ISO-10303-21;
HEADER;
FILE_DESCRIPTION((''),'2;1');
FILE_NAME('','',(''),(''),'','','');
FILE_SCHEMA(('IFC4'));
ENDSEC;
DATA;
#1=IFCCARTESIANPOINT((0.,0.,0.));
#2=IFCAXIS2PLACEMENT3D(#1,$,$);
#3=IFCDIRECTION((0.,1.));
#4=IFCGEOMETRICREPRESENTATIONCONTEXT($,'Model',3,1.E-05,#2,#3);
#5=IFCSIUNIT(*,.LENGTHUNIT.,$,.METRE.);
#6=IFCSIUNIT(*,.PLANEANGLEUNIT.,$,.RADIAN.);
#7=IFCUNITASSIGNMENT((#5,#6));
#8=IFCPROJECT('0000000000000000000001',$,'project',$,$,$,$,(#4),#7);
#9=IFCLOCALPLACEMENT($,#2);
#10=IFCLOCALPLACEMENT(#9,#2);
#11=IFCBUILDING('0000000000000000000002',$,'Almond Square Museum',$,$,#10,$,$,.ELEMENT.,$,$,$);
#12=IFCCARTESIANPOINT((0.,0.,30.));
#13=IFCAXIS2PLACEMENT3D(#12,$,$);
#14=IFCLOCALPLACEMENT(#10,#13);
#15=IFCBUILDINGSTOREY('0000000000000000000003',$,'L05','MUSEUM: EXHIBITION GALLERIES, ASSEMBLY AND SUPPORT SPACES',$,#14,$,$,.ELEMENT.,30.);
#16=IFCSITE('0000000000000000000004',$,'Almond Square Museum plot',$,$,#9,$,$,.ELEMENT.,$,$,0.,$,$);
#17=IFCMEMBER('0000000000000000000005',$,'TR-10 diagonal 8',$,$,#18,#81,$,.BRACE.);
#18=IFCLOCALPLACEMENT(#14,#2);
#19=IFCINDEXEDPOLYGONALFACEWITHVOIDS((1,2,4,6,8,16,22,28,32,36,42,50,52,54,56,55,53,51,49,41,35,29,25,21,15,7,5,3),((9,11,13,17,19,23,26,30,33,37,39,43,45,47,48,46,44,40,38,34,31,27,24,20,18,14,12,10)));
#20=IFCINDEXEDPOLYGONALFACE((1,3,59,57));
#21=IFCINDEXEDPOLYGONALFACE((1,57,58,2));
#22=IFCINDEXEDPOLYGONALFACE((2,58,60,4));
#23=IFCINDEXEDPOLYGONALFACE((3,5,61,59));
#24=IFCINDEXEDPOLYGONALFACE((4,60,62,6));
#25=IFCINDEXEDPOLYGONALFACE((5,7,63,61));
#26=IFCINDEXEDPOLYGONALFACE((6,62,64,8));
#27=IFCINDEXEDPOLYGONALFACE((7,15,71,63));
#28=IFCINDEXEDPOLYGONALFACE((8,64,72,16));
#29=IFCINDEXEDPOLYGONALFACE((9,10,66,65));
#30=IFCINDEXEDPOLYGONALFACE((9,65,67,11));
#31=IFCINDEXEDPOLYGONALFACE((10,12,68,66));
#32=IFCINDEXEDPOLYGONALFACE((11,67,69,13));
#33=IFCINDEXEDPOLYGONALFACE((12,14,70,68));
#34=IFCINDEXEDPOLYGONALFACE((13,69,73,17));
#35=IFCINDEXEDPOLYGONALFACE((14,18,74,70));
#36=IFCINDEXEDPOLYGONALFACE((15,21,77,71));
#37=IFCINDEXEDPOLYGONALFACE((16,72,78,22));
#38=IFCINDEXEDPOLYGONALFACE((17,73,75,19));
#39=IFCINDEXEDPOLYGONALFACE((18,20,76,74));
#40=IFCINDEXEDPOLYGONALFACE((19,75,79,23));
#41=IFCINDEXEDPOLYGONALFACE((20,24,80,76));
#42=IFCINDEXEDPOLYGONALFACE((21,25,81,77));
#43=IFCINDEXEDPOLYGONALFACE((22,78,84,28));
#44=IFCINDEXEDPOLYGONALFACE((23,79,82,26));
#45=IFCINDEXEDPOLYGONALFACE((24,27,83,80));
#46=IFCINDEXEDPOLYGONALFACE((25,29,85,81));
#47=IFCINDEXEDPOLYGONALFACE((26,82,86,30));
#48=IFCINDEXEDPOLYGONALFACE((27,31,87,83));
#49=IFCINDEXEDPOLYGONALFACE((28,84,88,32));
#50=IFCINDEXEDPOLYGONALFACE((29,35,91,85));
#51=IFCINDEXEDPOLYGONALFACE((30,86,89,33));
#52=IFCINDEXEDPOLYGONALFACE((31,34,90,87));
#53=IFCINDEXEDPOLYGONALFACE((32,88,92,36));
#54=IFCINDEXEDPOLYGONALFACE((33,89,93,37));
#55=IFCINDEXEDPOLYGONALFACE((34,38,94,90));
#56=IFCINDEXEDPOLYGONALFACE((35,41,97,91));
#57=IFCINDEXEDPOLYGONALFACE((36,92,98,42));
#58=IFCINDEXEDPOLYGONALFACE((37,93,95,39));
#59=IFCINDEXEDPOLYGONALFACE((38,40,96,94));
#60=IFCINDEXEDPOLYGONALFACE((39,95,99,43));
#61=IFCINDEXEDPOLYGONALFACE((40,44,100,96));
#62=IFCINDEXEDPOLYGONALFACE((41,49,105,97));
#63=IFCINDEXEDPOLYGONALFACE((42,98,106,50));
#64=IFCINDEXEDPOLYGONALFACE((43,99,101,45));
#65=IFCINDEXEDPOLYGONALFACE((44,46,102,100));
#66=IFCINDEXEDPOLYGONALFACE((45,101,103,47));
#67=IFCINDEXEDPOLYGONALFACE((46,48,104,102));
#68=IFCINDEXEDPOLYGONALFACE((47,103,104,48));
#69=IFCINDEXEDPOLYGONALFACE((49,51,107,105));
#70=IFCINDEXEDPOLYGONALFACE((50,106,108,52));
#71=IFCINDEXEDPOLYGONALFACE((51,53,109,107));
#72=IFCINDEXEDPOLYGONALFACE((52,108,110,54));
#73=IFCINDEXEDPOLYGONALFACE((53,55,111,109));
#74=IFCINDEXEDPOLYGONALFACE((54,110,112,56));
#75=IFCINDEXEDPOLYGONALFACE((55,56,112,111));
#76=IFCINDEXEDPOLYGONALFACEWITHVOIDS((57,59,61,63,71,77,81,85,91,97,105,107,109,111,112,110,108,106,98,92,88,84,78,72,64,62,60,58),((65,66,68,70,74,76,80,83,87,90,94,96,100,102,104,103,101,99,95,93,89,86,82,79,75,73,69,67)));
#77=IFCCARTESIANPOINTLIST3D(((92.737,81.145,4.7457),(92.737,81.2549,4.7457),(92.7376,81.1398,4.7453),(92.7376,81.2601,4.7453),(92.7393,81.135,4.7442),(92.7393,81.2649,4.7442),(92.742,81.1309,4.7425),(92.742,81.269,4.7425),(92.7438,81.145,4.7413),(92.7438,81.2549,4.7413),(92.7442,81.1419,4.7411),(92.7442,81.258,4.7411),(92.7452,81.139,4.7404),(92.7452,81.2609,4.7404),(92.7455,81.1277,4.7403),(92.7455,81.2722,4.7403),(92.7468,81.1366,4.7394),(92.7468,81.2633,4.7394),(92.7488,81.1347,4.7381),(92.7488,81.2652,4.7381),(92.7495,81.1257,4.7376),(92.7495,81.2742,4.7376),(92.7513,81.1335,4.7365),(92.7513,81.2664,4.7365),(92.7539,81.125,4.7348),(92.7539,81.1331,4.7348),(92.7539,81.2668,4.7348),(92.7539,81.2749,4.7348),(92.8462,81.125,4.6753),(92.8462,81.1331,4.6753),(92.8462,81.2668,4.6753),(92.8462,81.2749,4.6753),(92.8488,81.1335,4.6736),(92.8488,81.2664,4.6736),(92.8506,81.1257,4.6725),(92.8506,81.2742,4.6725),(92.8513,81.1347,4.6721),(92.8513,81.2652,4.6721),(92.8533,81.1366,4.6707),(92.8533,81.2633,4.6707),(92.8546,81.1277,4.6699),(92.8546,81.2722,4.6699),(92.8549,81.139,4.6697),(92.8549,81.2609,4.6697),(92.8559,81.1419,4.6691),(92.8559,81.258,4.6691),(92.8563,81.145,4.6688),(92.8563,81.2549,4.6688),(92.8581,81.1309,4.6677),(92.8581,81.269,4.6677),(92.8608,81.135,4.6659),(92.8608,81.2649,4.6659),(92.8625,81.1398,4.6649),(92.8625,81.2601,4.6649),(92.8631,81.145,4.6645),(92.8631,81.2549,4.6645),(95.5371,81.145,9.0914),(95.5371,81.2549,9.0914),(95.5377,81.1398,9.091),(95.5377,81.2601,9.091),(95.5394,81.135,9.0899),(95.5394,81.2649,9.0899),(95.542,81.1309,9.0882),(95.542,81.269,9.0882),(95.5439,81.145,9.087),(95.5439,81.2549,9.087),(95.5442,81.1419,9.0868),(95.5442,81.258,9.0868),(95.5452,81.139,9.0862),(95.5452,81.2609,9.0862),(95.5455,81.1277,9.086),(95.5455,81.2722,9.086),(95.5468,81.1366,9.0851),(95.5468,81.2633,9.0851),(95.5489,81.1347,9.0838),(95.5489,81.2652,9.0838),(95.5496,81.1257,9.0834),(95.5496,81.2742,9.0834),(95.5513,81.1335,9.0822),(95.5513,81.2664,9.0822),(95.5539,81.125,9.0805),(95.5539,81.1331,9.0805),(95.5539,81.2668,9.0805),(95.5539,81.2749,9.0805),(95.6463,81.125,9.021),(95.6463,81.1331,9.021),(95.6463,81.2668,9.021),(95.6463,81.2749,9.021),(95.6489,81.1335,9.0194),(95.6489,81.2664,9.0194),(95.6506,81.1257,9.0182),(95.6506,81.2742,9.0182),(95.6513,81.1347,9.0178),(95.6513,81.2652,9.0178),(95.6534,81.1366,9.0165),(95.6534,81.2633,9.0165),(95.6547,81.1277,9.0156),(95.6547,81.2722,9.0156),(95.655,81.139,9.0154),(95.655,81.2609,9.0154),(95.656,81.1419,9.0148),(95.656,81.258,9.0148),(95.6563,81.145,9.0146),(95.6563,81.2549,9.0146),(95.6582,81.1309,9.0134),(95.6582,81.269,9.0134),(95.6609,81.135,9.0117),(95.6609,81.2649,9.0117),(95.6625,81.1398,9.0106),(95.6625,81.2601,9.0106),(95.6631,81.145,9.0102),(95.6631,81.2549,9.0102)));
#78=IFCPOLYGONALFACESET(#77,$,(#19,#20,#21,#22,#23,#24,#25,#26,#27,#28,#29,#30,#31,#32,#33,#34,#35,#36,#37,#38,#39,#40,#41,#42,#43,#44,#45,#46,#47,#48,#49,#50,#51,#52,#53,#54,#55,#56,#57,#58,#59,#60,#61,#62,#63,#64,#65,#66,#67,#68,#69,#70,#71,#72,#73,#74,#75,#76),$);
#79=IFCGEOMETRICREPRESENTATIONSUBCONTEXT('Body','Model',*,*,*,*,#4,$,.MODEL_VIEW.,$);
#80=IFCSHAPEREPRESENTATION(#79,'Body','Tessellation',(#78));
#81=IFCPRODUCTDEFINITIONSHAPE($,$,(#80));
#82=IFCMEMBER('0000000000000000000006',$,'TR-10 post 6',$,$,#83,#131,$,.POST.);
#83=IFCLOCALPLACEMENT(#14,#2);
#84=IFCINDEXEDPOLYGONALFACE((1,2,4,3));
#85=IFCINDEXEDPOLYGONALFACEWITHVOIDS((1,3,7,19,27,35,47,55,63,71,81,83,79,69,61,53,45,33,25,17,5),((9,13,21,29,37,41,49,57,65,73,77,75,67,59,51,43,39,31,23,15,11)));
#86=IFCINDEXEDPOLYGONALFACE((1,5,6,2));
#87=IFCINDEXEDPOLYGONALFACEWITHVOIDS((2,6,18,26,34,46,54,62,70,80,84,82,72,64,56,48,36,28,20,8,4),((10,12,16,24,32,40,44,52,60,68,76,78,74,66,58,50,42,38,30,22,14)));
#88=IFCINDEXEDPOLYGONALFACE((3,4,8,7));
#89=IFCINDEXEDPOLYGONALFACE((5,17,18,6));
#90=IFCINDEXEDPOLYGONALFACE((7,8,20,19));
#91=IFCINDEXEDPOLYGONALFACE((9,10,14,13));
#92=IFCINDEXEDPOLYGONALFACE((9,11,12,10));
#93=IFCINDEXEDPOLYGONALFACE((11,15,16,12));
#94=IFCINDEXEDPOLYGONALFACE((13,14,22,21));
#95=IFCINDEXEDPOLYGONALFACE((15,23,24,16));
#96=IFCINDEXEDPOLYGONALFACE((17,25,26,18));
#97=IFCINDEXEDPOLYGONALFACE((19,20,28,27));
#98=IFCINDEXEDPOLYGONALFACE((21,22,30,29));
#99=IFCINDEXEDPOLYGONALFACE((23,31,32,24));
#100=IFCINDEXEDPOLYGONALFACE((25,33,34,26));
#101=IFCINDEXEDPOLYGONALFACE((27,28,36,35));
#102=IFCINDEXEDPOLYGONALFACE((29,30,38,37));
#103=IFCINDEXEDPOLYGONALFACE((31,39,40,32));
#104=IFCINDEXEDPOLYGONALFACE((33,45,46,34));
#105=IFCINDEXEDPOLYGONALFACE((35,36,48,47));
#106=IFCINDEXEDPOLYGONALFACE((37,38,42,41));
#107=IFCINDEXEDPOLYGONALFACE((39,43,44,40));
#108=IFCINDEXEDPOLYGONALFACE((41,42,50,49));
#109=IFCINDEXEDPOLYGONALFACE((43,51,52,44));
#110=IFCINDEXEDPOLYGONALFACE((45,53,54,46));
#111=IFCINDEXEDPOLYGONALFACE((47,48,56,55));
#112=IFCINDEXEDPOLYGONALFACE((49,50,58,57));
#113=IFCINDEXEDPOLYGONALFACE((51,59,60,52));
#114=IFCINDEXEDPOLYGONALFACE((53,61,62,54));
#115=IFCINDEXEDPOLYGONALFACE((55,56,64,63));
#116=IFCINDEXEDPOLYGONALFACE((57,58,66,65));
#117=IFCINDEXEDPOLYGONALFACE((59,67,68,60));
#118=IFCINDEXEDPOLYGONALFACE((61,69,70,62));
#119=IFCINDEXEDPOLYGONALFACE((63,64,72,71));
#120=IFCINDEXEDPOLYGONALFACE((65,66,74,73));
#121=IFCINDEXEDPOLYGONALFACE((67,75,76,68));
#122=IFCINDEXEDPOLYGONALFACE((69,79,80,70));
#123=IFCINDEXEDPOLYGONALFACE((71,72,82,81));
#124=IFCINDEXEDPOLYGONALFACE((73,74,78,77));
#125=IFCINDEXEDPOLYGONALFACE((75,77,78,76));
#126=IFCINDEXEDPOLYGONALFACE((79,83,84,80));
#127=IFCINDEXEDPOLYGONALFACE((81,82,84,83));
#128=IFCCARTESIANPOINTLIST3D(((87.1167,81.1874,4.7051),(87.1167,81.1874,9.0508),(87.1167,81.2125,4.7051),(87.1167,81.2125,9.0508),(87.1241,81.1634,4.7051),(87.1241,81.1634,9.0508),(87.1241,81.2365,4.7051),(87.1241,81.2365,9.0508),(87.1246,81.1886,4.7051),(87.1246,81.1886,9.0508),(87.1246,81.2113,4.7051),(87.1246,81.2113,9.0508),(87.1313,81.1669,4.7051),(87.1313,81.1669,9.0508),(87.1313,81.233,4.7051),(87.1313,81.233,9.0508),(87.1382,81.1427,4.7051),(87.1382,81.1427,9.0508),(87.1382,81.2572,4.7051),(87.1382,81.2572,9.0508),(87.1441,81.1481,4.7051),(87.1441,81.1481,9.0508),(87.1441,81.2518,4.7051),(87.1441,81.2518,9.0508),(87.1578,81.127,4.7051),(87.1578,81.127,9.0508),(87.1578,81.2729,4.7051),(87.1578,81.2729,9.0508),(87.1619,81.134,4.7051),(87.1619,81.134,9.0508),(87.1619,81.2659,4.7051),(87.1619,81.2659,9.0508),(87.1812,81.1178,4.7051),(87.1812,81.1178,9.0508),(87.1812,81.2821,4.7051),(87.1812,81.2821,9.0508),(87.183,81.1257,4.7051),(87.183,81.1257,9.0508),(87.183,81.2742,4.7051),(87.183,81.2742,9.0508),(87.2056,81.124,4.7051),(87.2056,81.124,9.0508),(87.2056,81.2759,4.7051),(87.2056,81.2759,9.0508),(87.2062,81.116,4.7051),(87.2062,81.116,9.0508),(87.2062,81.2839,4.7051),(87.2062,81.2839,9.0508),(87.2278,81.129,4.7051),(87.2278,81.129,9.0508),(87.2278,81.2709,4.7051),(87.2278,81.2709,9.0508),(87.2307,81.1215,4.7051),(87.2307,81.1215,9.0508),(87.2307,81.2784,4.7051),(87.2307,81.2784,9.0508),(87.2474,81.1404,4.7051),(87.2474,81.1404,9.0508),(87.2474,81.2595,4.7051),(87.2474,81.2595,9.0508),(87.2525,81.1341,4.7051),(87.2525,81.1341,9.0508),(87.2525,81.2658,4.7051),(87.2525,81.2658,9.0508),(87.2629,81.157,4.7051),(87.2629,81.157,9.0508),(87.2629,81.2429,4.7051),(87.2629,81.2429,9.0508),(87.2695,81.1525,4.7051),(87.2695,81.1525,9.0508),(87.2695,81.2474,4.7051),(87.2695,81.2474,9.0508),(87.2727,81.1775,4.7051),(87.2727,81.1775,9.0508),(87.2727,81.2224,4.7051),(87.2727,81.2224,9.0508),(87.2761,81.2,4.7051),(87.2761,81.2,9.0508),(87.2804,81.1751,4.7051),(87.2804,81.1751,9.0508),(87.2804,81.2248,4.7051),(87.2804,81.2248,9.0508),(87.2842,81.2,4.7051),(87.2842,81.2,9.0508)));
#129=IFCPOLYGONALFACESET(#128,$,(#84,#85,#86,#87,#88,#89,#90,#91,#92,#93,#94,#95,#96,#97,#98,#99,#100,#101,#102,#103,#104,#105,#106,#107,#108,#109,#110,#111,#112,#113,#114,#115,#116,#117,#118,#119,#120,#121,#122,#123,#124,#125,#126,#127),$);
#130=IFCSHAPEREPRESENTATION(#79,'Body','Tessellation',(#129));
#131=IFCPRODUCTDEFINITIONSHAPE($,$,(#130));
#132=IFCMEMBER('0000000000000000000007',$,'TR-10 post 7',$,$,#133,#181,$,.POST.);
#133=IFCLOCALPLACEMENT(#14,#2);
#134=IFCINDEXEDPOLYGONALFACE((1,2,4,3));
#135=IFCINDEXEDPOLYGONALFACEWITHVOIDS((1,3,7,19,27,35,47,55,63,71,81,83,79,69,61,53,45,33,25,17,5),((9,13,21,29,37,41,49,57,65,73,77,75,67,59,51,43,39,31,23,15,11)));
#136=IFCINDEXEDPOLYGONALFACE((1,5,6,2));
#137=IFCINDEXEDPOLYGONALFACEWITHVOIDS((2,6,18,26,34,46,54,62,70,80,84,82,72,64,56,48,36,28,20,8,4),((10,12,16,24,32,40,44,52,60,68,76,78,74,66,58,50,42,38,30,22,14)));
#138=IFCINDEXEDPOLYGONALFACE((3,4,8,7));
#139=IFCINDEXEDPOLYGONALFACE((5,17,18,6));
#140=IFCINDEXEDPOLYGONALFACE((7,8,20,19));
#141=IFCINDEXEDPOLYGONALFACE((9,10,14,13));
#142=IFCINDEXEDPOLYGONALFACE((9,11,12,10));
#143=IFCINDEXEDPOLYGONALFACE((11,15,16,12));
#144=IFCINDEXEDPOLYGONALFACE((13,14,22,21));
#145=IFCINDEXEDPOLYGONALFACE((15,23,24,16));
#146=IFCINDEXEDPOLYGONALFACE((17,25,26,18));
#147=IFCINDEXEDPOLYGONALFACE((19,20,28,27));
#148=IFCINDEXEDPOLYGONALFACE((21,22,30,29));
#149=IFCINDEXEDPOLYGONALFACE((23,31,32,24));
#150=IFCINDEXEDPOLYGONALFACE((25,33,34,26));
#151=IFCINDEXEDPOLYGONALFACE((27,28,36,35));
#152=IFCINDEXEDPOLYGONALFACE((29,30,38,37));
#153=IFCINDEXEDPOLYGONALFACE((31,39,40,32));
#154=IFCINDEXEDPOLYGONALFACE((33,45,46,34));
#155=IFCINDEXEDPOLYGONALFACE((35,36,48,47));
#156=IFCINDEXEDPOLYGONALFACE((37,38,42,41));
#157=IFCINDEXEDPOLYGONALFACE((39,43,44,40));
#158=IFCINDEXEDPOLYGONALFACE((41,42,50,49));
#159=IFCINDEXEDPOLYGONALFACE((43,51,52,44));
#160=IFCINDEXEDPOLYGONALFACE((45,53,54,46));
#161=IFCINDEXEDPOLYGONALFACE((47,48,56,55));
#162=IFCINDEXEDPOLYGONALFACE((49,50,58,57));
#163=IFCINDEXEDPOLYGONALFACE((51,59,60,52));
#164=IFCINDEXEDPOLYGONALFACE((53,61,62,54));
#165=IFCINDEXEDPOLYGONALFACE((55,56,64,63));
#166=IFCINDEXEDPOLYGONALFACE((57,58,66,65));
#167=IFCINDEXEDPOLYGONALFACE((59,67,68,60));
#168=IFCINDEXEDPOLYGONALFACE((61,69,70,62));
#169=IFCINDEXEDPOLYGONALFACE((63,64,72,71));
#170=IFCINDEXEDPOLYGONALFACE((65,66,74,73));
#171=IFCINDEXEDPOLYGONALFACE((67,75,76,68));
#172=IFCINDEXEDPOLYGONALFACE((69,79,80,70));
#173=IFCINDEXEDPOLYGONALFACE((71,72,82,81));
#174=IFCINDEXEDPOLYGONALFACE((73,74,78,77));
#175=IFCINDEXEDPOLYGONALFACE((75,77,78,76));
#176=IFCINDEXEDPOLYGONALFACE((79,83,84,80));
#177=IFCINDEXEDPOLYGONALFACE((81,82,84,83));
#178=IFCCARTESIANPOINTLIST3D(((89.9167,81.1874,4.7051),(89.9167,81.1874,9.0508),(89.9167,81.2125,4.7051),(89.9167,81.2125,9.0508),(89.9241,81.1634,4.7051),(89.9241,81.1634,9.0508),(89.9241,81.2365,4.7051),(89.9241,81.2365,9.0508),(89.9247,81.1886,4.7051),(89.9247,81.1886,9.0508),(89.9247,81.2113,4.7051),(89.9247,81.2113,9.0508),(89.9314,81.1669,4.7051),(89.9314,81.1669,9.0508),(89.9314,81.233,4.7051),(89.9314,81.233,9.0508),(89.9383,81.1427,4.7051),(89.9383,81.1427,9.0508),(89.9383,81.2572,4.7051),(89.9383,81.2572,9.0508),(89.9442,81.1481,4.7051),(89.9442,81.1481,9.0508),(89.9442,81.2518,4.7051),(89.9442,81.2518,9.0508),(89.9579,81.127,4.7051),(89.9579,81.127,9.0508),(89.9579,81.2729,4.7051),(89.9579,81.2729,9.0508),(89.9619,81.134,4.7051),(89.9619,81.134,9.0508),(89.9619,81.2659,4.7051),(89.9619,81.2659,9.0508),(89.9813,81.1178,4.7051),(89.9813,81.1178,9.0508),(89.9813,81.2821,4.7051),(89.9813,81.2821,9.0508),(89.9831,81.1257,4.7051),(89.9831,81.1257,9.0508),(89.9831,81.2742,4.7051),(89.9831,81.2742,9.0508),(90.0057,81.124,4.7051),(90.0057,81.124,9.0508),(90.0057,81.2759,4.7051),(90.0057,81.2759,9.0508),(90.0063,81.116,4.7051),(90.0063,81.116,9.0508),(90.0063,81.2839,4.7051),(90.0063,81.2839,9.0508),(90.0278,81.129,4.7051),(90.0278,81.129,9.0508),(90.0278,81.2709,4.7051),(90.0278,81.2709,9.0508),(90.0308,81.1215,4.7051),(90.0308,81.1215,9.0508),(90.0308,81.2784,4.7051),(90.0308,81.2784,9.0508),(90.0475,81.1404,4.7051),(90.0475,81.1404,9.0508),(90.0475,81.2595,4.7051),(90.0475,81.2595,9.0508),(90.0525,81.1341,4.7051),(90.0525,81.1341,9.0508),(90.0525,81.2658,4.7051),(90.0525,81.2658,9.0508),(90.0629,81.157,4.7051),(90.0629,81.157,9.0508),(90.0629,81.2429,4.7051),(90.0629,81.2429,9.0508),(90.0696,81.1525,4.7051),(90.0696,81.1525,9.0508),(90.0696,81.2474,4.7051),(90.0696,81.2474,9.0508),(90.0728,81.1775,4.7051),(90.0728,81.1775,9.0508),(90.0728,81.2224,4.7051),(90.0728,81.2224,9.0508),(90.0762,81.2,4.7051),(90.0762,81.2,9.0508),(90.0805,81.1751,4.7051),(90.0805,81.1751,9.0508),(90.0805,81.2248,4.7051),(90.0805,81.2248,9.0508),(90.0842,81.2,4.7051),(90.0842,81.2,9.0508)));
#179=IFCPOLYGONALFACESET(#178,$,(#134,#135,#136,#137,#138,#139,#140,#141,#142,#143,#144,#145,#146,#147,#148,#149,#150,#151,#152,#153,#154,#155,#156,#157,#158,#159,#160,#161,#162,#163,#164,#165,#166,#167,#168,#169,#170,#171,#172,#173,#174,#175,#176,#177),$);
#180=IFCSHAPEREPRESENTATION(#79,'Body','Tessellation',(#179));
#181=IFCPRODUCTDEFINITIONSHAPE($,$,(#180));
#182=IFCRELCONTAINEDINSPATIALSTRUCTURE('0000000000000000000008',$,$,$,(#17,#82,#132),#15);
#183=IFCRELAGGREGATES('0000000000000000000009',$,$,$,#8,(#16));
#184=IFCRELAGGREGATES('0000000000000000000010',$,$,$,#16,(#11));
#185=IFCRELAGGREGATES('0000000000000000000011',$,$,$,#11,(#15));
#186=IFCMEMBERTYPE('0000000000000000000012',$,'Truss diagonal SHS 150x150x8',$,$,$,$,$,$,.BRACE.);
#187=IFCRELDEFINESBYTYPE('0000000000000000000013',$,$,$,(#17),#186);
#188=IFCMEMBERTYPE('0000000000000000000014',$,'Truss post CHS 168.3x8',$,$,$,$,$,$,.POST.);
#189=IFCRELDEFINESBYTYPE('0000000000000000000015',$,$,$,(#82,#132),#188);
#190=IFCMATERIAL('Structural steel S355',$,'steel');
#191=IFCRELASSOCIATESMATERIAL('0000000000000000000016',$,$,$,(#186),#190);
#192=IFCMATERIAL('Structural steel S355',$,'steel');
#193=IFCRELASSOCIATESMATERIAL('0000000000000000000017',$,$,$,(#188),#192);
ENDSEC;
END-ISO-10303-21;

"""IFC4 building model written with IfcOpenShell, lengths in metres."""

from ifc_helpers import new_model, si_unit, direction, frame, origin, origin_2d, place, context, subcontext, project, spatial, hollow_rectangle, hollow_circle, extrude, material, material_profile, profile_set, type_object, element, save


model = new_model("IFC4")

# Units and contexts
model_context = context("Model", 3, precision=1e-05, world=origin(), true_north=direction((0.0, 1.0)))
body_context = subcontext(model_context, "Body", "Model", "MODEL_VIEW")
ifc_project = project(units=[si_unit("LENGTHUNIT", "METRE"), si_unit("PLANEANGLEUNIT", "RADIAN")], contexts=[model_context])

# Site, building, storey
site_placement = place(None, origin())
site = spatial("IfcSite", under=ifc_project, at=site_placement, Name="Almond Square Museum plot", CompositionType="ELEMENT", RefElevation=0.0)
building_placement = place(site_placement, origin())
building = spatial("IfcBuilding", under=site, at=building_placement, Name="Almond Square Museum", CompositionType="ELEMENT")
storey_placement = place(building_placement, frame((0.0, 0.0, 30.0)))
storey = spatial("IfcBuildingStorey", under=building, at=storey_placement, Name="L05", Description="MUSEUM: EXHIBITION GALLERIES, ASSEMBLY AND SUPPORT SPACES", CompositionType="ELEMENT", Elevation=30.0)

# Members
ifc_material_1 = material(Name="Structural steel S355", Category="steel")
ifc_material_profile_1 = material_profile(ifc_material_1, hollow_rectangle(XDim=0.1499, YDim=0.1499, WallThickness=0.0081, InnerFilletRadius=0.012, OuterFilletRadius=0.02, at=origin_2d()))
ifc_profile_set_1 = profile_set([ifc_material_profile_1], Name="Structural steel S355")
member_type_1 = type_object("IfcMemberType", Name="Truss diagonal SHS 150x150x8", PredefinedType="BRACE", material=ifc_profile_set_1)
for number, where, z_axis, x_axis, name in (
    (1, (92.8, 81.2, 4.7051), (0.541631, 0.0, 0.840616), (0.0, 1.0, 0.0), "TR-10 diagonal 8"),
):
    element("IfcMember", number, at=place(storey_placement, frame(where, z_axis=z_axis, x_axis=x_axis)), inside=storey, type_object=member_type_1, Name=name, PredefinedType="BRACE", context=body_context, shape_type="SweptSolid", body=[
        extrude(hollow_rectangle(XDim=0.1499, YDim=0.1499, WallThickness=0.0081, InnerFilletRadius=0.012, OuterFilletRadius=0.02, at=origin_2d()), origin(), (0.0, 0.0, 1.0), 5.1697),
    ])
ifc_material_2 = material(Name="Structural steel S355", Category="steel")
ifc_material_profile_2 = material_profile(ifc_material_2, hollow_circle(Radius=0.0842, WallThickness=0.0081, at=origin_2d()))
ifc_profile_set_2 = profile_set([ifc_material_profile_2], Name="Structural steel S355")
member_type_2 = type_object("IfcMemberType", Name="Truss post CHS 168.3x8", PredefinedType="POST", material=ifc_profile_set_2)
for number, where, z_axis, x_axis, name in (
    (2, (87.2, 81.2, 4.7051), (0.0, 0.0, 1.0), (1.0, 0.0, 0.0), "TR-10 post 6"),
    (3, (90.0, 81.2, 4.7051), (0.0, 0.0, 1.0), (1.0, 0.0, 0.0), "TR-10 post 7"),
):
    element("IfcMember", number, at=place(storey_placement, frame(where, z_axis=z_axis, x_axis=x_axis)), inside=storey, type_object=member_type_2, Name=name, PredefinedType="POST", context=body_context, shape_type="SweptSolid", body=[
        extrude(hollow_circle(Radius=0.0842, WallThickness=0.0081, at=origin_2d()), origin(), (0.0, 0.0, 1.0), 4.3457),
    ])

save(model, "model.ifc")
